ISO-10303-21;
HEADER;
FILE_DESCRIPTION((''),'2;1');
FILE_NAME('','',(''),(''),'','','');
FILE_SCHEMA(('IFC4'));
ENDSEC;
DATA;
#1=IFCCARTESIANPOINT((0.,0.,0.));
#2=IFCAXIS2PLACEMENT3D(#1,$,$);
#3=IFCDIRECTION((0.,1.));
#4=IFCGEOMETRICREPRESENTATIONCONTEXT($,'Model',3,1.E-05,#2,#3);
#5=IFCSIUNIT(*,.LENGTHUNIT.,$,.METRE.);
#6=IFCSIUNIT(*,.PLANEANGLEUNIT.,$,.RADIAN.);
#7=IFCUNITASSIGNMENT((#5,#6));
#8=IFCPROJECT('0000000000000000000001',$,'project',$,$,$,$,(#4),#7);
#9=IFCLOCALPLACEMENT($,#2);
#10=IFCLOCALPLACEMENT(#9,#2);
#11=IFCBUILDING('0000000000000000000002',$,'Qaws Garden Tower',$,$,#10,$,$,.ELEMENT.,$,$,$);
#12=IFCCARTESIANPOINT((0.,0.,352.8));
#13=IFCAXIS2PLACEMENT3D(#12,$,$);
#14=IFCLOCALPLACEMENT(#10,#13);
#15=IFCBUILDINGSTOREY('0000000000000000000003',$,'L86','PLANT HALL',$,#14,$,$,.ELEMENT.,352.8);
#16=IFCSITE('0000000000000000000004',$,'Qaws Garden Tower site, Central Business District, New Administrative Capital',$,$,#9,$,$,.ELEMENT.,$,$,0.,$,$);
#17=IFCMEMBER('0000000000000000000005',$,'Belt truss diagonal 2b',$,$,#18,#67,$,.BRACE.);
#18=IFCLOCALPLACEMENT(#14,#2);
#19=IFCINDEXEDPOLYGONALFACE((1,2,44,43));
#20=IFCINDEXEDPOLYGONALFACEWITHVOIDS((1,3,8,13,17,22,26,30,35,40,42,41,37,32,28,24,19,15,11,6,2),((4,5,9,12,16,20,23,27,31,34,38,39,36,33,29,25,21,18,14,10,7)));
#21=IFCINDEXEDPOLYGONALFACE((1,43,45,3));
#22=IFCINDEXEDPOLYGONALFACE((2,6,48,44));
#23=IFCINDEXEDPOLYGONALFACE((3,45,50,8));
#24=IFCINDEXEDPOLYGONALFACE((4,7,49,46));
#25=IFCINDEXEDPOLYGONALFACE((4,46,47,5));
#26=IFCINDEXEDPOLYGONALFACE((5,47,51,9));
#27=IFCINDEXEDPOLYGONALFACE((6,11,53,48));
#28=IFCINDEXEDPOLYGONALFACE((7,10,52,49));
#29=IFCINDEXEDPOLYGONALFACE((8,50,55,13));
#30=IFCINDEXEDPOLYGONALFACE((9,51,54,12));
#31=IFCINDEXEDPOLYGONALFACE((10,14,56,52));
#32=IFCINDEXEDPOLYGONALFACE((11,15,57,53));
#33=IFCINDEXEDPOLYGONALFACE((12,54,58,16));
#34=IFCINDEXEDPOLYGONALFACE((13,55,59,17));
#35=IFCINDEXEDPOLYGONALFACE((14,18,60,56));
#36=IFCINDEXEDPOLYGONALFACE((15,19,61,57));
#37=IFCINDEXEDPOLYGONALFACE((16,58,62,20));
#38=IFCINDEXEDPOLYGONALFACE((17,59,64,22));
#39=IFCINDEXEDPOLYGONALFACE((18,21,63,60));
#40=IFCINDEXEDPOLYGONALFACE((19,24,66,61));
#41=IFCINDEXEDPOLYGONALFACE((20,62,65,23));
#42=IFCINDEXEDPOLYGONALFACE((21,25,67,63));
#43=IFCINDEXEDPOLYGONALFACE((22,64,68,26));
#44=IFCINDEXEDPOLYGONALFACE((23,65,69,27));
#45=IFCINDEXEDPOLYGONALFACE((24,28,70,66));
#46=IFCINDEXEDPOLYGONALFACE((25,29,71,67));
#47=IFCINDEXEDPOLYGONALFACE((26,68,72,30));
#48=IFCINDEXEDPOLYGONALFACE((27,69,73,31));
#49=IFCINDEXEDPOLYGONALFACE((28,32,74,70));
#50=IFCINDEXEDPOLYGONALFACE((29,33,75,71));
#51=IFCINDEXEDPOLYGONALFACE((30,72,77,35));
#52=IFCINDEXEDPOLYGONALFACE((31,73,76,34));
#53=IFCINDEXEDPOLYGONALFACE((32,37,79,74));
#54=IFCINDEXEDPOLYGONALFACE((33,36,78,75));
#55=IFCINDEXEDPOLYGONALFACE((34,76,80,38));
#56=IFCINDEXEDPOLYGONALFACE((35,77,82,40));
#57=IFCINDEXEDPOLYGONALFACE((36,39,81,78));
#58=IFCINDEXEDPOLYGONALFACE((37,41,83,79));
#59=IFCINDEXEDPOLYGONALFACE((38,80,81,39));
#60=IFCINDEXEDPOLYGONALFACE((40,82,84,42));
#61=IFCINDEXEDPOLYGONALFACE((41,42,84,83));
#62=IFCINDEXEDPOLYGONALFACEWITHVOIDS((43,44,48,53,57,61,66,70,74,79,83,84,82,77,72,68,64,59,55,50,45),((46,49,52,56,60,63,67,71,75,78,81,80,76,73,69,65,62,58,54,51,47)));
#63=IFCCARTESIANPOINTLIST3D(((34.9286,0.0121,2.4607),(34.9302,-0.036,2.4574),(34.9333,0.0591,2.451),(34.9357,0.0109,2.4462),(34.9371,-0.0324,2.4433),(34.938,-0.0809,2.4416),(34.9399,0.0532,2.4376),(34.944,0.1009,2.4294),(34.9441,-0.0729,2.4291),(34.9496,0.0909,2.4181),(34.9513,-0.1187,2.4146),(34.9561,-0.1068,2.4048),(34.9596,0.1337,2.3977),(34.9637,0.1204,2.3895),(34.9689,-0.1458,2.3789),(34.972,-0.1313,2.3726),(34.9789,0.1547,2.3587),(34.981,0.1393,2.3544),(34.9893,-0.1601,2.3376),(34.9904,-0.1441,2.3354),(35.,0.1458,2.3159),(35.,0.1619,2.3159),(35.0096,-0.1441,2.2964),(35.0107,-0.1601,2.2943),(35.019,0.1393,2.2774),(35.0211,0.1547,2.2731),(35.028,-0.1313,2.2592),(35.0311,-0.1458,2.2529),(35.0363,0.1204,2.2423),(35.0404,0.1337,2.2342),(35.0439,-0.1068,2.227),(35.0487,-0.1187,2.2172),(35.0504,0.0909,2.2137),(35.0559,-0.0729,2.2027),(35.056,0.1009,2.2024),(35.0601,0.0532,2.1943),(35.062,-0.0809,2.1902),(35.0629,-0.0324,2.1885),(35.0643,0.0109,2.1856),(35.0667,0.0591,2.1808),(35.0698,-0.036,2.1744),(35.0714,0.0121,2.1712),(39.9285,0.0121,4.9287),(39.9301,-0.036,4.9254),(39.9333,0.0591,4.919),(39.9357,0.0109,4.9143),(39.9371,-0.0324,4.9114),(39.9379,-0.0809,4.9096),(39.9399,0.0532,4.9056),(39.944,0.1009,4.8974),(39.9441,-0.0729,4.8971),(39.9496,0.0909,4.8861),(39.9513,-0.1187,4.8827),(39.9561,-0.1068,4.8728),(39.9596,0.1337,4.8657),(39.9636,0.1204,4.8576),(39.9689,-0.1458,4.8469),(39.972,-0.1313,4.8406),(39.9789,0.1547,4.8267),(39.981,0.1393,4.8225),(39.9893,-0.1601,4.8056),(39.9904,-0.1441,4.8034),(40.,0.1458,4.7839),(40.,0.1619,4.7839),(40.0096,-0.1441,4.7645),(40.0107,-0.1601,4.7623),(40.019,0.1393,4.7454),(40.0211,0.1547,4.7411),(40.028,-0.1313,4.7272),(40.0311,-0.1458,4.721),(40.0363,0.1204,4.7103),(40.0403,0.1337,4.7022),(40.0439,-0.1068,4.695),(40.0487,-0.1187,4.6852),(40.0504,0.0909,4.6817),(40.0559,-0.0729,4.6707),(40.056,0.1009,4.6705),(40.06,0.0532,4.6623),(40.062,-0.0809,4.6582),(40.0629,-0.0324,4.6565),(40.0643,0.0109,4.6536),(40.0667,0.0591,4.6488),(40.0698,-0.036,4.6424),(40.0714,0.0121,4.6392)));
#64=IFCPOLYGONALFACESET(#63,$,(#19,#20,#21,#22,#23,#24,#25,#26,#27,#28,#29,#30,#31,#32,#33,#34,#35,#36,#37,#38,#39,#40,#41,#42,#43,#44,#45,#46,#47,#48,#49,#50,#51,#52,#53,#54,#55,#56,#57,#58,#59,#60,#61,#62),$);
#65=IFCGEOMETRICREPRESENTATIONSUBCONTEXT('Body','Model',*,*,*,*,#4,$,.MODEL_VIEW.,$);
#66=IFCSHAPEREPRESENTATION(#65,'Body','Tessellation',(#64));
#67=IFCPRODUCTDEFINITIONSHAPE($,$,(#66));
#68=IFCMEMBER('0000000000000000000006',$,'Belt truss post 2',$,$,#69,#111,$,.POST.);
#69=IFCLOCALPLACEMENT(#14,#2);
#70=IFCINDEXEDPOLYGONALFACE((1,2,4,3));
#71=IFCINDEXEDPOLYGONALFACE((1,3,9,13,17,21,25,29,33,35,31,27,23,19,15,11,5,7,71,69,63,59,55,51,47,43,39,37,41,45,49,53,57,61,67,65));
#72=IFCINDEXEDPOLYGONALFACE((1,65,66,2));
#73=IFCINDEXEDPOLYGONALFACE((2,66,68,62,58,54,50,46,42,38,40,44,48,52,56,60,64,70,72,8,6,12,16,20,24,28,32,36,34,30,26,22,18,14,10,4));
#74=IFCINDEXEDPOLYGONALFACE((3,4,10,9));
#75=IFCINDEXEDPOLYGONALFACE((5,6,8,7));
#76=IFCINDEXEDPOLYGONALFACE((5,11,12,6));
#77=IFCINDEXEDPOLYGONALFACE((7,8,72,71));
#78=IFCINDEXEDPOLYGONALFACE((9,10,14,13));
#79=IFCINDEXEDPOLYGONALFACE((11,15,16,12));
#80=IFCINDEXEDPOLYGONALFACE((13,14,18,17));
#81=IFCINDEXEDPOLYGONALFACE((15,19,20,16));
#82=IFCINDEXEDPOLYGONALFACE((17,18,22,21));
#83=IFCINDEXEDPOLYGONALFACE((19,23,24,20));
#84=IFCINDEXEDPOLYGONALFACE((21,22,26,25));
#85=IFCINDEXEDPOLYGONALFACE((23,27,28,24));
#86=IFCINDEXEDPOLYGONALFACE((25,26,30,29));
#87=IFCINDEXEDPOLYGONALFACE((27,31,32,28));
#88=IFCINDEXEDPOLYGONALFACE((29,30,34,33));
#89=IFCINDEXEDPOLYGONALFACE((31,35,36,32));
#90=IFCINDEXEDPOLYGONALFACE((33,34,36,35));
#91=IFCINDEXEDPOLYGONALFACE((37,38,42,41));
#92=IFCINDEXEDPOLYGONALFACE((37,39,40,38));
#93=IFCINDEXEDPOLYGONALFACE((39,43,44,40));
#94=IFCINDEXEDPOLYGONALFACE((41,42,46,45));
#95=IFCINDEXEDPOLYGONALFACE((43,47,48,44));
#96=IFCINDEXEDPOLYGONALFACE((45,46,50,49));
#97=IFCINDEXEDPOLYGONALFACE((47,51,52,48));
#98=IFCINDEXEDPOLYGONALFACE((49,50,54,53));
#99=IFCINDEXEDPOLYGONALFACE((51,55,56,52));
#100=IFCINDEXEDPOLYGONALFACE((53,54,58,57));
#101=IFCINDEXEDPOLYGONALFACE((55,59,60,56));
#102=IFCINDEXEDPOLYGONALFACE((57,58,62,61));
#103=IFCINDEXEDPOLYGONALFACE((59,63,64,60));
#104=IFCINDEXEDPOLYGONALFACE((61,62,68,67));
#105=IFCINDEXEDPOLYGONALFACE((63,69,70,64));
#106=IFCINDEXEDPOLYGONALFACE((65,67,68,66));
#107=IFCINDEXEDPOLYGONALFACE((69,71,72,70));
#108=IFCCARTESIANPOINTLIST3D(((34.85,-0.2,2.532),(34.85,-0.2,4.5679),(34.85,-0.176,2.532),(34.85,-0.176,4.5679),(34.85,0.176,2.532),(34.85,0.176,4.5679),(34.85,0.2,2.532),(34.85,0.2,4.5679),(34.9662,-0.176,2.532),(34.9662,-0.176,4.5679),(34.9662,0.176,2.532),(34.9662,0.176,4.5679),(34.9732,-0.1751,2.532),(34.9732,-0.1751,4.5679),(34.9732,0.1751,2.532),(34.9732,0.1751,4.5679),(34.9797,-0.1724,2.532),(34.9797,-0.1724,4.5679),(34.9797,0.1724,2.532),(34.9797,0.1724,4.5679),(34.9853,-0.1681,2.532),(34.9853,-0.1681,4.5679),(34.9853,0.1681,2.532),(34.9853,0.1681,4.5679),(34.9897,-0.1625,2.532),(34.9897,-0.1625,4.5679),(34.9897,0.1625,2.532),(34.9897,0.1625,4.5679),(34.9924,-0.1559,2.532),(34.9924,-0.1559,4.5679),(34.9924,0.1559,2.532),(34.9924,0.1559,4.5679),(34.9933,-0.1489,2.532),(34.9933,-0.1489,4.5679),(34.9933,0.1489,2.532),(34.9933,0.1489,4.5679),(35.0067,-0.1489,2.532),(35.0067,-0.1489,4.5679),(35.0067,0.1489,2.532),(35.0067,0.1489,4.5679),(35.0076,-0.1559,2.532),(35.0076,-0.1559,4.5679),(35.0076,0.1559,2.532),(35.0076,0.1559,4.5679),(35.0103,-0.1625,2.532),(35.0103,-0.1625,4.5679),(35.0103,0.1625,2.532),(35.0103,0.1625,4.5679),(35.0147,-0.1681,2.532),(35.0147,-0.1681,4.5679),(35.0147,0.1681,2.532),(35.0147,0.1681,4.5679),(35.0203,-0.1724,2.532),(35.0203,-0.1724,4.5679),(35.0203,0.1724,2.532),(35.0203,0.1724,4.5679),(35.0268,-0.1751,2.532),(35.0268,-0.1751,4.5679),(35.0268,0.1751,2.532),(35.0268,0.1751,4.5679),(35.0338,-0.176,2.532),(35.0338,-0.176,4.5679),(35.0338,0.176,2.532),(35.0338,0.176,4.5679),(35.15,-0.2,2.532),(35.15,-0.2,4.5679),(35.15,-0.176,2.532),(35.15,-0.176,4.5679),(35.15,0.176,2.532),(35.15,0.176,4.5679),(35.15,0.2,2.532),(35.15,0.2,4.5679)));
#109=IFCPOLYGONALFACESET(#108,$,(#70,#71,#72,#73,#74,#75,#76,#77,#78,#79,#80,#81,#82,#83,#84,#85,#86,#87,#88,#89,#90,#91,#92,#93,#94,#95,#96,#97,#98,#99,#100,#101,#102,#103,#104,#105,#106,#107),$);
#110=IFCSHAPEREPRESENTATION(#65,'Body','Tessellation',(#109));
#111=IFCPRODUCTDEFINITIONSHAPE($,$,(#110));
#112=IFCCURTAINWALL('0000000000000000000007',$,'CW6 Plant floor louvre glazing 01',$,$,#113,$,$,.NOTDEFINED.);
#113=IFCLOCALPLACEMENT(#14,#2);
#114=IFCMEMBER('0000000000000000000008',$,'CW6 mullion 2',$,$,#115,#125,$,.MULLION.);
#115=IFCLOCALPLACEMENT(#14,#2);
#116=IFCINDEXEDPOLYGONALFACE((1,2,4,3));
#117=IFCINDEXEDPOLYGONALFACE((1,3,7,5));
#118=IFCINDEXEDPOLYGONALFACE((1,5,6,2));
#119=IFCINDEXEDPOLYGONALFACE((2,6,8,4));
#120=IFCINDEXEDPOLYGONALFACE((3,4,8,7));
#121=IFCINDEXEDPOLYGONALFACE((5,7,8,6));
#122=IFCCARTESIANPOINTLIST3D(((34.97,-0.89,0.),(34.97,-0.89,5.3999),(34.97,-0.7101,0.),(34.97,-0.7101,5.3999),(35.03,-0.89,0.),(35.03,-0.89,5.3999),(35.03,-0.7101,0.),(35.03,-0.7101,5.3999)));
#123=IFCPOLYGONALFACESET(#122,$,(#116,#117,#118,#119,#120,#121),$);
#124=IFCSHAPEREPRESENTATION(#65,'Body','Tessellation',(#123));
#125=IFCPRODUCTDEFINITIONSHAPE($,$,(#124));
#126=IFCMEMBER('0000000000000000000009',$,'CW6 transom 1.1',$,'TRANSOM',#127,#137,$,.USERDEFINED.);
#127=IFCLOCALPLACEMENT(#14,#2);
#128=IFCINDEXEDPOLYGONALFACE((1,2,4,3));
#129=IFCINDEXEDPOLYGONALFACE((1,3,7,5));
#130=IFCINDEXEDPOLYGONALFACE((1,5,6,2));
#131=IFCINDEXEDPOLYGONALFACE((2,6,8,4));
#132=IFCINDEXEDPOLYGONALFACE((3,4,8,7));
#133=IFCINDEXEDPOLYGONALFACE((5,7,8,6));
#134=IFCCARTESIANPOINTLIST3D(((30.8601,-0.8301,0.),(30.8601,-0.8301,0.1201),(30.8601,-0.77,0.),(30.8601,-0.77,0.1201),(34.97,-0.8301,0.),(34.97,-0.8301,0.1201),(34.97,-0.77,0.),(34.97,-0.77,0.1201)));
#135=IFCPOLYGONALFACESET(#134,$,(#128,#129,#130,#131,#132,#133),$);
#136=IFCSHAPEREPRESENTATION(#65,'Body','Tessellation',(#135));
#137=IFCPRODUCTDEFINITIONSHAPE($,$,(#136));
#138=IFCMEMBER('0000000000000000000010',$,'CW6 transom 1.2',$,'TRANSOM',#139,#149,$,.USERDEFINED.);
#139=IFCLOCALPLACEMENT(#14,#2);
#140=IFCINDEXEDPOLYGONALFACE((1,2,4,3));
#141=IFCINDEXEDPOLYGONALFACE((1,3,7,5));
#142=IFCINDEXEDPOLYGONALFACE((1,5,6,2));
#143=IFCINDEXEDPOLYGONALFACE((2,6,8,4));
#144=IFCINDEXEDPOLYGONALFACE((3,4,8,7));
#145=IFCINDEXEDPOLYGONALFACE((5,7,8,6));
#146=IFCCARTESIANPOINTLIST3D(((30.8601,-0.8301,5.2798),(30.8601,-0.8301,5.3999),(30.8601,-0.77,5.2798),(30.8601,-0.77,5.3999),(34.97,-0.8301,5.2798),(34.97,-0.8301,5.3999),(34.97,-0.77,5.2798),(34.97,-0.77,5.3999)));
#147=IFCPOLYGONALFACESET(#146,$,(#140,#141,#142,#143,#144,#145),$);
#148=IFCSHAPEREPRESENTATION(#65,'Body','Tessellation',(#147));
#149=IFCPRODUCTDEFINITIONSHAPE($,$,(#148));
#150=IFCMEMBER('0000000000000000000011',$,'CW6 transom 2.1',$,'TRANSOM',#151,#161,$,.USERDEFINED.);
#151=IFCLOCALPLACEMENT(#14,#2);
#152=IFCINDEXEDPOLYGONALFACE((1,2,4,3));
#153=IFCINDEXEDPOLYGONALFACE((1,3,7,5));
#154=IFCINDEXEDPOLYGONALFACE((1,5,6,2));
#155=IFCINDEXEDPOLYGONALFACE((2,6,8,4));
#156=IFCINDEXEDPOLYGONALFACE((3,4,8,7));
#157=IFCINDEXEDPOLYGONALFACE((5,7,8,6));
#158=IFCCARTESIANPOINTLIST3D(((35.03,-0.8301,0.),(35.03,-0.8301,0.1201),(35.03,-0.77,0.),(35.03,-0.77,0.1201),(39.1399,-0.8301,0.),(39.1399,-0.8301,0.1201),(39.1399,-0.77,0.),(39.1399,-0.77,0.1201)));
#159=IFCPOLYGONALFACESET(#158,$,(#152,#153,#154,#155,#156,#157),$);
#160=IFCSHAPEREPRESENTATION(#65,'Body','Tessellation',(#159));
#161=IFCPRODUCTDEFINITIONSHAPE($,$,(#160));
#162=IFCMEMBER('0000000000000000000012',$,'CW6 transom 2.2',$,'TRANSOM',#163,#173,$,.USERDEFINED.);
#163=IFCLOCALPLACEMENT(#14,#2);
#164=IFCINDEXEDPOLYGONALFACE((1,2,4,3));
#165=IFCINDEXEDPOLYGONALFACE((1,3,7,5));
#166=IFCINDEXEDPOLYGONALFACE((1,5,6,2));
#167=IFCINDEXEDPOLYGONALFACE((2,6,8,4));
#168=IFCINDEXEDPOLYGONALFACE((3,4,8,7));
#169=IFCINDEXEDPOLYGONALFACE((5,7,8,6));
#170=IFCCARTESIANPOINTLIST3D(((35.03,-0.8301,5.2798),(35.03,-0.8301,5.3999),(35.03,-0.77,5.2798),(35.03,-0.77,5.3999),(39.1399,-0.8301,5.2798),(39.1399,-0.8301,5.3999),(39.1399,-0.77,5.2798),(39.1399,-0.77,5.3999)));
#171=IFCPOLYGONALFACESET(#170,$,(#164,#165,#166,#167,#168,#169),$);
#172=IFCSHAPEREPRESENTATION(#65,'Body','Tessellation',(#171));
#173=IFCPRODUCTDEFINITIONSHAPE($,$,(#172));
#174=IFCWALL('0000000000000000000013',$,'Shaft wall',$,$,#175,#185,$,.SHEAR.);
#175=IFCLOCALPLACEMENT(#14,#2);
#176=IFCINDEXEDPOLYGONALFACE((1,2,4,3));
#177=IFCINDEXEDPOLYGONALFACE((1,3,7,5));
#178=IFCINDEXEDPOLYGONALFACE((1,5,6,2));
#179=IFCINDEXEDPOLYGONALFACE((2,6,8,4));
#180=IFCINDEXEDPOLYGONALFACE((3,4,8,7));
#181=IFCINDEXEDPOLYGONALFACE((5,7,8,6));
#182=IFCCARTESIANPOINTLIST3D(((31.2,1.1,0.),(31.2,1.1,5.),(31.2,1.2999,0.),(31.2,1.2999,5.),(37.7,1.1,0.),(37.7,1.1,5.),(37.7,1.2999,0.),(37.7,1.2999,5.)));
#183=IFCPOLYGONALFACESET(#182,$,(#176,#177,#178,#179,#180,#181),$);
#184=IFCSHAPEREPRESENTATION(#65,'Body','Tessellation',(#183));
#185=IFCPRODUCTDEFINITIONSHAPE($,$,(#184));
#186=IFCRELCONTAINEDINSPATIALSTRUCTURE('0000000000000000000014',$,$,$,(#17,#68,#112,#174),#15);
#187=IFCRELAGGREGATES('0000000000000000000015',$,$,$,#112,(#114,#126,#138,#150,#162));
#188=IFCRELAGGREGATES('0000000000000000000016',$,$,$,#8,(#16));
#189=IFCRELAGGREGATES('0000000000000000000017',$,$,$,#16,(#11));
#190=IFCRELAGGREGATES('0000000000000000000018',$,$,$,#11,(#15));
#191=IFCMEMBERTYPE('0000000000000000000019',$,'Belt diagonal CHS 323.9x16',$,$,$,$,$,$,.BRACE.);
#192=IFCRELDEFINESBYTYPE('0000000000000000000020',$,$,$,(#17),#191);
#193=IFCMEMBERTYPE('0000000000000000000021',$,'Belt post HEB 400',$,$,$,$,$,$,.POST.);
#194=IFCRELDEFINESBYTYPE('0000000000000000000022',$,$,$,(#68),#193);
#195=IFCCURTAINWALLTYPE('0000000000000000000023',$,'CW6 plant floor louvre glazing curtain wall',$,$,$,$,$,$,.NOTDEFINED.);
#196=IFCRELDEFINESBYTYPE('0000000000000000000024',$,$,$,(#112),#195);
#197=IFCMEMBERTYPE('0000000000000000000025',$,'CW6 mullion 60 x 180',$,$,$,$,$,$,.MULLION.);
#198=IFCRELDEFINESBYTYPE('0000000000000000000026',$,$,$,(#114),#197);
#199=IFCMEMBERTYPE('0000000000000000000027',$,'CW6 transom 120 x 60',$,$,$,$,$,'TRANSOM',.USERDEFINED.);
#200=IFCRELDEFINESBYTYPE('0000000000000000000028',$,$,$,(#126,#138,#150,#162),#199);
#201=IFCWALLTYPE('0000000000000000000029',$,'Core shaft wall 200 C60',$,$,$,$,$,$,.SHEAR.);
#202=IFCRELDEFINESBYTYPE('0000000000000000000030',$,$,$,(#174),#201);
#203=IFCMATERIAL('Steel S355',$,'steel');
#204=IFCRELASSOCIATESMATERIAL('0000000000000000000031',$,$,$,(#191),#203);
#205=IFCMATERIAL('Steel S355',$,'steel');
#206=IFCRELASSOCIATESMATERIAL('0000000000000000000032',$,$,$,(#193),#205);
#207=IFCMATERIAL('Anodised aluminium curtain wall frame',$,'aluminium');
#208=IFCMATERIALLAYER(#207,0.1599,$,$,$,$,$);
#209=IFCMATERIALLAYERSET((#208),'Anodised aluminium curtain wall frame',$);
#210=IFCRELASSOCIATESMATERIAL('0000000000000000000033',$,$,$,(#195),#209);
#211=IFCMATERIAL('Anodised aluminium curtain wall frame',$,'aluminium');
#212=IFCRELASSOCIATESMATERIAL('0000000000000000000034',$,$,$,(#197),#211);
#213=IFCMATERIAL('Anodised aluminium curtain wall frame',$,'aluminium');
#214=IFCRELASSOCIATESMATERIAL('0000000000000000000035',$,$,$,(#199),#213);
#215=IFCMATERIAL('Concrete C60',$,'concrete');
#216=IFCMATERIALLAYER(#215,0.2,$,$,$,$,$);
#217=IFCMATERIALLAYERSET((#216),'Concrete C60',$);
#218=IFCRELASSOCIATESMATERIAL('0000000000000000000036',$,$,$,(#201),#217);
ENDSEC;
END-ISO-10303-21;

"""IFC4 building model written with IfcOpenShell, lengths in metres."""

from ifc_helpers import new_model, si_unit, direction, frame, frame_2d, origin, origin_2d, place, context, subcontext, project, spatial, rectangle, hollow_circle, i_section, extrude, material, layer, layer_set, material_profile, profile_set, type_object, element, aggregate, save


model = new_model("IFC4")

# Units and contexts
model_context = context("Model", 3, precision=1e-05, world=origin(), true_north=direction((0.0, 1.0)))
body_context = subcontext(model_context, "Body", "Model", "MODEL_VIEW")
ifc_project = project(units=[si_unit("LENGTHUNIT", "METRE"), si_unit("PLANEANGLEUNIT", "RADIAN")], contexts=[model_context])

# Site, building, storey
site_placement = place(None, origin())
site = spatial("IfcSite", under=ifc_project, at=site_placement, Name="Qaws Garden Tower site, Central Business District, New Administrative Capital", CompositionType="ELEMENT", RefElevation=0.0)
building_placement = place(site_placement, origin())
building = spatial("IfcBuilding", under=site, at=building_placement, Name="Qaws Garden Tower", CompositionType="ELEMENT")
storey_placement = place(building_placement, frame((0.0, 0.0, 352.8)))
storey = spatial("IfcBuildingStorey", under=building, at=storey_placement, Name="L86", Description="PLANT HALL", CompositionType="ELEMENT", Elevation=352.8)

# Members
ifc_material_1 = material(Name="Steel S355", Category="steel")
ifc_material_profile_1 = material_profile(ifc_material_1, hollow_circle(Radius=0.1619, WallThickness=0.0161, at=origin_2d()), Name="CHS 323.9x16")
ifc_profile_set_1 = profile_set([ifc_material_profile_1], Name="Steel S355")
member_type_1 = type_object("IfcMemberType", Name="Belt diagonal CHS 323.9x16", PredefinedType="BRACE", material=ifc_profile_set_1)
member_1_placement = place(storey_placement, frame((35.0, 0.0, 2.3159), z_axis=(0.89671, 0.0, 0.442619), x_axis=(0.0, 1.0, 0.0)))
element("IfcMember", 1, at=member_1_placement, inside=storey, type_object=member_type_1, Name="Belt truss diagonal 2b", PredefinedType="BRACE", context=body_context, shape_type="SweptSolid", body=[
    extrude(hollow_circle(Radius=0.1619, WallThickness=0.0161, at=origin_2d()), origin(), (0.0, 0.0, 1.0), 5.5759),
])
ifc_material_2 = material(Name="Steel S355", Category="steel")
ifc_material_profile_2 = material_profile(ifc_material_2, i_section(OverallWidth=0.3, OverallDepth=0.3999, WebThickness=0.0134, FlangeThickness=0.0239, FilletRadius=0.0271, at=origin_2d()), Name="HEB 400")
ifc_profile_set_2 = profile_set([ifc_material_profile_2], Name="Steel S355")
member_type_2 = type_object("IfcMemberType", Name="Belt post HEB 400", PredefinedType="POST", material=ifc_profile_set_2)
member_2_placement = place(storey_placement, frame((35.0, 0.0, 2.532), z_axis=(0.0, 0.0, 1.0), x_axis=(1.0, 0.0, 0.0)))
element("IfcMember", 2, at=member_2_placement, inside=storey, type_object=member_type_2, Name="Belt truss post 2", PredefinedType="POST", context=body_context, shape_type="SweptSolid", body=[
    extrude(i_section(OverallWidth=0.3, OverallDepth=0.3999, WebThickness=0.0134, FlangeThickness=0.0239, FilletRadius=0.0271, at=origin_2d()), origin(), (0.0, 0.0, 1.0), 2.0359),
])

# Curtain wall, members
ifc_material_3 = material(Name="Anodised aluminium curtain wall frame", Category="aluminium")
ifc_layer_1 = layer(ifc_material_3, 0.1599)
ifc_layer_set_1 = layer_set([ifc_layer_1], Name="Anodised aluminium curtain wall frame")
curtain_wall_type = type_object("IfcCurtainWallType", Name="CW6 plant floor louvre glazing curtain wall", PredefinedType="NOTDEFINED", material=ifc_layer_set_1)
placement = place(storey_placement, origin())
curtain_wall = element("IfcCurtainWall", 3, at=placement, inside=storey, type_object=curtain_wall_type, Name="CW6 Plant floor louvre glazing 01", PredefinedType="NOTDEFINED")
ifc_material_4 = material(Name="Anodised aluminium curtain wall frame", Category="aluminium")
ifc_material_profile_3 = material_profile(ifc_material_4, rectangle(XDim=0.1799, YDim=0.0601, at=origin_2d()), Name="AL 60x180")
ifc_profile_set_3 = profile_set([ifc_material_profile_3], Name="Anodised aluminium curtain wall frame")
member_type_3 = type_object("IfcMemberType", Name="CW6 mullion 60 x 180", PredefinedType="MULLION", material=ifc_profile_set_3)
member_3_placement = place(storey_placement, frame((35.0, -0.8, 0.0), z_axis=(0.0, 0.0, 1.0), x_axis=(0.0, 1.0, 0.0)))
member_3 = element("IfcMember", 4, at=member_3_placement, type_object=member_type_3, Name="CW6 mullion 2", PredefinedType="MULLION", context=body_context, shape_type="SweptSolid", body=[
    extrude(rectangle(XDim=0.1799, YDim=0.0601, at=origin_2d()), origin(), (0.0, 0.0, 1.0), 5.3999),
])
ifc_material_5 = material(Name="Anodised aluminium curtain wall frame", Category="aluminium")
ifc_material_profile_4 = material_profile(ifc_material_5, rectangle(XDim=0.0601, YDim=0.1201, at=origin_2d()), Name="AL 60x120")
ifc_profile_set_4 = profile_set([ifc_material_profile_4], Name="Anodised aluminium curtain wall frame")
member_type_4 = type_object("IfcMemberType", Name="CW6 transom 120 x 60", ElementType="TRANSOM", PredefinedType="USERDEFINED", material=ifc_profile_set_4)
member_4_placement = place(storey_placement, frame((30.8601, -0.8, 0.0601), z_axis=(1.0, 0.0, 0.0), x_axis=(0.0, 1.0, 0.0)))
member_4 = element("IfcMember", 5, at=member_4_placement, type_object=member_type_4, Name="CW6 transom 1.1", ObjectType="TRANSOM", PredefinedType="USERDEFINED", context=body_context, shape_type="SweptSolid", body=[
    extrude(rectangle(XDim=0.0601, YDim=0.1201, at=origin_2d()), origin(), (0.0, 0.0, 1.0), 4.1099),
])
member_5_placement = place(storey_placement, frame((30.8601, -0.8, 5.3398), z_axis=(1.0, 0.0, 0.0), x_axis=(0.0, 1.0, 0.0)))
member_5 = element("IfcMember", 6, at=member_5_placement, type_object=member_type_4, Name="CW6 transom 1.2", ObjectType="TRANSOM", PredefinedType="USERDEFINED", context=body_context, shape_type="SweptSolid", body=[
    extrude(rectangle(XDim=0.0601, YDim=0.1201, at=origin_2d()), origin(), (0.0, 0.0, 1.0), 4.1099),
])
member_6_placement = place(storey_placement, frame((35.03, -0.8, 0.0601), z_axis=(1.0, 0.0, 0.0), x_axis=(0.0, 1.0, 0.0)))
member_6 = element("IfcMember", 7, at=member_6_placement, type_object=member_type_4, Name="CW6 transom 2.1", ObjectType="TRANSOM", PredefinedType="USERDEFINED", context=body_context, shape_type="SweptSolid", body=[
    extrude(rectangle(XDim=0.0601, YDim=0.1201, at=origin_2d()), origin(), (0.0, 0.0, 1.0), 4.1099),
])
member_7_placement = place(storey_placement, frame((35.03, -0.8, 5.3398), z_axis=(1.0, 0.0, 0.0), x_axis=(0.0, 1.0, 0.0)))
member_7 = element("IfcMember", 8, at=member_7_placement, type_object=member_type_4, Name="CW6 transom 2.2", ObjectType="TRANSOM", PredefinedType="USERDEFINED", context=body_context, shape_type="SweptSolid", body=[
    extrude(rectangle(XDim=0.0601, YDim=0.1201, at=origin_2d()), origin(), (0.0, 0.0, 1.0), 4.1099),
])
aggregate(curtain_wall, [member_3, member_4, member_5, member_6, member_7])

# Wall
ifc_material_6 = material(Name="Concrete C60", Category="concrete")
ifc_layer_2 = layer(ifc_material_6, 0.2)
ifc_layer_set_2 = layer_set([ifc_layer_2], Name="Concrete C60")
wall_type_1 = type_object("IfcWallType", Name="Core shaft wall 200 C60", PredefinedType="SHEAR", material=ifc_layer_set_2)
wall_1_placement = place(storey_placement, frame((31.2, 1.2, 0.0), z_axis=(0.0, 0.0, 1.0), x_axis=(1.0, 0.0, 0.0)))
element("IfcWall", 9, at=wall_1_placement, inside=storey, type_object=wall_type_1, Name="Shaft wall", PredefinedType="SHEAR", context=body_context, shape_type="SweptSolid", body=[
    extrude(rectangle(XDim=6.5, YDim=0.2, at=frame_2d((3.25, 0.0))), origin(), (0.0, 0.0, 1.0), 5.0),
])

save(model, "model.ifc")
